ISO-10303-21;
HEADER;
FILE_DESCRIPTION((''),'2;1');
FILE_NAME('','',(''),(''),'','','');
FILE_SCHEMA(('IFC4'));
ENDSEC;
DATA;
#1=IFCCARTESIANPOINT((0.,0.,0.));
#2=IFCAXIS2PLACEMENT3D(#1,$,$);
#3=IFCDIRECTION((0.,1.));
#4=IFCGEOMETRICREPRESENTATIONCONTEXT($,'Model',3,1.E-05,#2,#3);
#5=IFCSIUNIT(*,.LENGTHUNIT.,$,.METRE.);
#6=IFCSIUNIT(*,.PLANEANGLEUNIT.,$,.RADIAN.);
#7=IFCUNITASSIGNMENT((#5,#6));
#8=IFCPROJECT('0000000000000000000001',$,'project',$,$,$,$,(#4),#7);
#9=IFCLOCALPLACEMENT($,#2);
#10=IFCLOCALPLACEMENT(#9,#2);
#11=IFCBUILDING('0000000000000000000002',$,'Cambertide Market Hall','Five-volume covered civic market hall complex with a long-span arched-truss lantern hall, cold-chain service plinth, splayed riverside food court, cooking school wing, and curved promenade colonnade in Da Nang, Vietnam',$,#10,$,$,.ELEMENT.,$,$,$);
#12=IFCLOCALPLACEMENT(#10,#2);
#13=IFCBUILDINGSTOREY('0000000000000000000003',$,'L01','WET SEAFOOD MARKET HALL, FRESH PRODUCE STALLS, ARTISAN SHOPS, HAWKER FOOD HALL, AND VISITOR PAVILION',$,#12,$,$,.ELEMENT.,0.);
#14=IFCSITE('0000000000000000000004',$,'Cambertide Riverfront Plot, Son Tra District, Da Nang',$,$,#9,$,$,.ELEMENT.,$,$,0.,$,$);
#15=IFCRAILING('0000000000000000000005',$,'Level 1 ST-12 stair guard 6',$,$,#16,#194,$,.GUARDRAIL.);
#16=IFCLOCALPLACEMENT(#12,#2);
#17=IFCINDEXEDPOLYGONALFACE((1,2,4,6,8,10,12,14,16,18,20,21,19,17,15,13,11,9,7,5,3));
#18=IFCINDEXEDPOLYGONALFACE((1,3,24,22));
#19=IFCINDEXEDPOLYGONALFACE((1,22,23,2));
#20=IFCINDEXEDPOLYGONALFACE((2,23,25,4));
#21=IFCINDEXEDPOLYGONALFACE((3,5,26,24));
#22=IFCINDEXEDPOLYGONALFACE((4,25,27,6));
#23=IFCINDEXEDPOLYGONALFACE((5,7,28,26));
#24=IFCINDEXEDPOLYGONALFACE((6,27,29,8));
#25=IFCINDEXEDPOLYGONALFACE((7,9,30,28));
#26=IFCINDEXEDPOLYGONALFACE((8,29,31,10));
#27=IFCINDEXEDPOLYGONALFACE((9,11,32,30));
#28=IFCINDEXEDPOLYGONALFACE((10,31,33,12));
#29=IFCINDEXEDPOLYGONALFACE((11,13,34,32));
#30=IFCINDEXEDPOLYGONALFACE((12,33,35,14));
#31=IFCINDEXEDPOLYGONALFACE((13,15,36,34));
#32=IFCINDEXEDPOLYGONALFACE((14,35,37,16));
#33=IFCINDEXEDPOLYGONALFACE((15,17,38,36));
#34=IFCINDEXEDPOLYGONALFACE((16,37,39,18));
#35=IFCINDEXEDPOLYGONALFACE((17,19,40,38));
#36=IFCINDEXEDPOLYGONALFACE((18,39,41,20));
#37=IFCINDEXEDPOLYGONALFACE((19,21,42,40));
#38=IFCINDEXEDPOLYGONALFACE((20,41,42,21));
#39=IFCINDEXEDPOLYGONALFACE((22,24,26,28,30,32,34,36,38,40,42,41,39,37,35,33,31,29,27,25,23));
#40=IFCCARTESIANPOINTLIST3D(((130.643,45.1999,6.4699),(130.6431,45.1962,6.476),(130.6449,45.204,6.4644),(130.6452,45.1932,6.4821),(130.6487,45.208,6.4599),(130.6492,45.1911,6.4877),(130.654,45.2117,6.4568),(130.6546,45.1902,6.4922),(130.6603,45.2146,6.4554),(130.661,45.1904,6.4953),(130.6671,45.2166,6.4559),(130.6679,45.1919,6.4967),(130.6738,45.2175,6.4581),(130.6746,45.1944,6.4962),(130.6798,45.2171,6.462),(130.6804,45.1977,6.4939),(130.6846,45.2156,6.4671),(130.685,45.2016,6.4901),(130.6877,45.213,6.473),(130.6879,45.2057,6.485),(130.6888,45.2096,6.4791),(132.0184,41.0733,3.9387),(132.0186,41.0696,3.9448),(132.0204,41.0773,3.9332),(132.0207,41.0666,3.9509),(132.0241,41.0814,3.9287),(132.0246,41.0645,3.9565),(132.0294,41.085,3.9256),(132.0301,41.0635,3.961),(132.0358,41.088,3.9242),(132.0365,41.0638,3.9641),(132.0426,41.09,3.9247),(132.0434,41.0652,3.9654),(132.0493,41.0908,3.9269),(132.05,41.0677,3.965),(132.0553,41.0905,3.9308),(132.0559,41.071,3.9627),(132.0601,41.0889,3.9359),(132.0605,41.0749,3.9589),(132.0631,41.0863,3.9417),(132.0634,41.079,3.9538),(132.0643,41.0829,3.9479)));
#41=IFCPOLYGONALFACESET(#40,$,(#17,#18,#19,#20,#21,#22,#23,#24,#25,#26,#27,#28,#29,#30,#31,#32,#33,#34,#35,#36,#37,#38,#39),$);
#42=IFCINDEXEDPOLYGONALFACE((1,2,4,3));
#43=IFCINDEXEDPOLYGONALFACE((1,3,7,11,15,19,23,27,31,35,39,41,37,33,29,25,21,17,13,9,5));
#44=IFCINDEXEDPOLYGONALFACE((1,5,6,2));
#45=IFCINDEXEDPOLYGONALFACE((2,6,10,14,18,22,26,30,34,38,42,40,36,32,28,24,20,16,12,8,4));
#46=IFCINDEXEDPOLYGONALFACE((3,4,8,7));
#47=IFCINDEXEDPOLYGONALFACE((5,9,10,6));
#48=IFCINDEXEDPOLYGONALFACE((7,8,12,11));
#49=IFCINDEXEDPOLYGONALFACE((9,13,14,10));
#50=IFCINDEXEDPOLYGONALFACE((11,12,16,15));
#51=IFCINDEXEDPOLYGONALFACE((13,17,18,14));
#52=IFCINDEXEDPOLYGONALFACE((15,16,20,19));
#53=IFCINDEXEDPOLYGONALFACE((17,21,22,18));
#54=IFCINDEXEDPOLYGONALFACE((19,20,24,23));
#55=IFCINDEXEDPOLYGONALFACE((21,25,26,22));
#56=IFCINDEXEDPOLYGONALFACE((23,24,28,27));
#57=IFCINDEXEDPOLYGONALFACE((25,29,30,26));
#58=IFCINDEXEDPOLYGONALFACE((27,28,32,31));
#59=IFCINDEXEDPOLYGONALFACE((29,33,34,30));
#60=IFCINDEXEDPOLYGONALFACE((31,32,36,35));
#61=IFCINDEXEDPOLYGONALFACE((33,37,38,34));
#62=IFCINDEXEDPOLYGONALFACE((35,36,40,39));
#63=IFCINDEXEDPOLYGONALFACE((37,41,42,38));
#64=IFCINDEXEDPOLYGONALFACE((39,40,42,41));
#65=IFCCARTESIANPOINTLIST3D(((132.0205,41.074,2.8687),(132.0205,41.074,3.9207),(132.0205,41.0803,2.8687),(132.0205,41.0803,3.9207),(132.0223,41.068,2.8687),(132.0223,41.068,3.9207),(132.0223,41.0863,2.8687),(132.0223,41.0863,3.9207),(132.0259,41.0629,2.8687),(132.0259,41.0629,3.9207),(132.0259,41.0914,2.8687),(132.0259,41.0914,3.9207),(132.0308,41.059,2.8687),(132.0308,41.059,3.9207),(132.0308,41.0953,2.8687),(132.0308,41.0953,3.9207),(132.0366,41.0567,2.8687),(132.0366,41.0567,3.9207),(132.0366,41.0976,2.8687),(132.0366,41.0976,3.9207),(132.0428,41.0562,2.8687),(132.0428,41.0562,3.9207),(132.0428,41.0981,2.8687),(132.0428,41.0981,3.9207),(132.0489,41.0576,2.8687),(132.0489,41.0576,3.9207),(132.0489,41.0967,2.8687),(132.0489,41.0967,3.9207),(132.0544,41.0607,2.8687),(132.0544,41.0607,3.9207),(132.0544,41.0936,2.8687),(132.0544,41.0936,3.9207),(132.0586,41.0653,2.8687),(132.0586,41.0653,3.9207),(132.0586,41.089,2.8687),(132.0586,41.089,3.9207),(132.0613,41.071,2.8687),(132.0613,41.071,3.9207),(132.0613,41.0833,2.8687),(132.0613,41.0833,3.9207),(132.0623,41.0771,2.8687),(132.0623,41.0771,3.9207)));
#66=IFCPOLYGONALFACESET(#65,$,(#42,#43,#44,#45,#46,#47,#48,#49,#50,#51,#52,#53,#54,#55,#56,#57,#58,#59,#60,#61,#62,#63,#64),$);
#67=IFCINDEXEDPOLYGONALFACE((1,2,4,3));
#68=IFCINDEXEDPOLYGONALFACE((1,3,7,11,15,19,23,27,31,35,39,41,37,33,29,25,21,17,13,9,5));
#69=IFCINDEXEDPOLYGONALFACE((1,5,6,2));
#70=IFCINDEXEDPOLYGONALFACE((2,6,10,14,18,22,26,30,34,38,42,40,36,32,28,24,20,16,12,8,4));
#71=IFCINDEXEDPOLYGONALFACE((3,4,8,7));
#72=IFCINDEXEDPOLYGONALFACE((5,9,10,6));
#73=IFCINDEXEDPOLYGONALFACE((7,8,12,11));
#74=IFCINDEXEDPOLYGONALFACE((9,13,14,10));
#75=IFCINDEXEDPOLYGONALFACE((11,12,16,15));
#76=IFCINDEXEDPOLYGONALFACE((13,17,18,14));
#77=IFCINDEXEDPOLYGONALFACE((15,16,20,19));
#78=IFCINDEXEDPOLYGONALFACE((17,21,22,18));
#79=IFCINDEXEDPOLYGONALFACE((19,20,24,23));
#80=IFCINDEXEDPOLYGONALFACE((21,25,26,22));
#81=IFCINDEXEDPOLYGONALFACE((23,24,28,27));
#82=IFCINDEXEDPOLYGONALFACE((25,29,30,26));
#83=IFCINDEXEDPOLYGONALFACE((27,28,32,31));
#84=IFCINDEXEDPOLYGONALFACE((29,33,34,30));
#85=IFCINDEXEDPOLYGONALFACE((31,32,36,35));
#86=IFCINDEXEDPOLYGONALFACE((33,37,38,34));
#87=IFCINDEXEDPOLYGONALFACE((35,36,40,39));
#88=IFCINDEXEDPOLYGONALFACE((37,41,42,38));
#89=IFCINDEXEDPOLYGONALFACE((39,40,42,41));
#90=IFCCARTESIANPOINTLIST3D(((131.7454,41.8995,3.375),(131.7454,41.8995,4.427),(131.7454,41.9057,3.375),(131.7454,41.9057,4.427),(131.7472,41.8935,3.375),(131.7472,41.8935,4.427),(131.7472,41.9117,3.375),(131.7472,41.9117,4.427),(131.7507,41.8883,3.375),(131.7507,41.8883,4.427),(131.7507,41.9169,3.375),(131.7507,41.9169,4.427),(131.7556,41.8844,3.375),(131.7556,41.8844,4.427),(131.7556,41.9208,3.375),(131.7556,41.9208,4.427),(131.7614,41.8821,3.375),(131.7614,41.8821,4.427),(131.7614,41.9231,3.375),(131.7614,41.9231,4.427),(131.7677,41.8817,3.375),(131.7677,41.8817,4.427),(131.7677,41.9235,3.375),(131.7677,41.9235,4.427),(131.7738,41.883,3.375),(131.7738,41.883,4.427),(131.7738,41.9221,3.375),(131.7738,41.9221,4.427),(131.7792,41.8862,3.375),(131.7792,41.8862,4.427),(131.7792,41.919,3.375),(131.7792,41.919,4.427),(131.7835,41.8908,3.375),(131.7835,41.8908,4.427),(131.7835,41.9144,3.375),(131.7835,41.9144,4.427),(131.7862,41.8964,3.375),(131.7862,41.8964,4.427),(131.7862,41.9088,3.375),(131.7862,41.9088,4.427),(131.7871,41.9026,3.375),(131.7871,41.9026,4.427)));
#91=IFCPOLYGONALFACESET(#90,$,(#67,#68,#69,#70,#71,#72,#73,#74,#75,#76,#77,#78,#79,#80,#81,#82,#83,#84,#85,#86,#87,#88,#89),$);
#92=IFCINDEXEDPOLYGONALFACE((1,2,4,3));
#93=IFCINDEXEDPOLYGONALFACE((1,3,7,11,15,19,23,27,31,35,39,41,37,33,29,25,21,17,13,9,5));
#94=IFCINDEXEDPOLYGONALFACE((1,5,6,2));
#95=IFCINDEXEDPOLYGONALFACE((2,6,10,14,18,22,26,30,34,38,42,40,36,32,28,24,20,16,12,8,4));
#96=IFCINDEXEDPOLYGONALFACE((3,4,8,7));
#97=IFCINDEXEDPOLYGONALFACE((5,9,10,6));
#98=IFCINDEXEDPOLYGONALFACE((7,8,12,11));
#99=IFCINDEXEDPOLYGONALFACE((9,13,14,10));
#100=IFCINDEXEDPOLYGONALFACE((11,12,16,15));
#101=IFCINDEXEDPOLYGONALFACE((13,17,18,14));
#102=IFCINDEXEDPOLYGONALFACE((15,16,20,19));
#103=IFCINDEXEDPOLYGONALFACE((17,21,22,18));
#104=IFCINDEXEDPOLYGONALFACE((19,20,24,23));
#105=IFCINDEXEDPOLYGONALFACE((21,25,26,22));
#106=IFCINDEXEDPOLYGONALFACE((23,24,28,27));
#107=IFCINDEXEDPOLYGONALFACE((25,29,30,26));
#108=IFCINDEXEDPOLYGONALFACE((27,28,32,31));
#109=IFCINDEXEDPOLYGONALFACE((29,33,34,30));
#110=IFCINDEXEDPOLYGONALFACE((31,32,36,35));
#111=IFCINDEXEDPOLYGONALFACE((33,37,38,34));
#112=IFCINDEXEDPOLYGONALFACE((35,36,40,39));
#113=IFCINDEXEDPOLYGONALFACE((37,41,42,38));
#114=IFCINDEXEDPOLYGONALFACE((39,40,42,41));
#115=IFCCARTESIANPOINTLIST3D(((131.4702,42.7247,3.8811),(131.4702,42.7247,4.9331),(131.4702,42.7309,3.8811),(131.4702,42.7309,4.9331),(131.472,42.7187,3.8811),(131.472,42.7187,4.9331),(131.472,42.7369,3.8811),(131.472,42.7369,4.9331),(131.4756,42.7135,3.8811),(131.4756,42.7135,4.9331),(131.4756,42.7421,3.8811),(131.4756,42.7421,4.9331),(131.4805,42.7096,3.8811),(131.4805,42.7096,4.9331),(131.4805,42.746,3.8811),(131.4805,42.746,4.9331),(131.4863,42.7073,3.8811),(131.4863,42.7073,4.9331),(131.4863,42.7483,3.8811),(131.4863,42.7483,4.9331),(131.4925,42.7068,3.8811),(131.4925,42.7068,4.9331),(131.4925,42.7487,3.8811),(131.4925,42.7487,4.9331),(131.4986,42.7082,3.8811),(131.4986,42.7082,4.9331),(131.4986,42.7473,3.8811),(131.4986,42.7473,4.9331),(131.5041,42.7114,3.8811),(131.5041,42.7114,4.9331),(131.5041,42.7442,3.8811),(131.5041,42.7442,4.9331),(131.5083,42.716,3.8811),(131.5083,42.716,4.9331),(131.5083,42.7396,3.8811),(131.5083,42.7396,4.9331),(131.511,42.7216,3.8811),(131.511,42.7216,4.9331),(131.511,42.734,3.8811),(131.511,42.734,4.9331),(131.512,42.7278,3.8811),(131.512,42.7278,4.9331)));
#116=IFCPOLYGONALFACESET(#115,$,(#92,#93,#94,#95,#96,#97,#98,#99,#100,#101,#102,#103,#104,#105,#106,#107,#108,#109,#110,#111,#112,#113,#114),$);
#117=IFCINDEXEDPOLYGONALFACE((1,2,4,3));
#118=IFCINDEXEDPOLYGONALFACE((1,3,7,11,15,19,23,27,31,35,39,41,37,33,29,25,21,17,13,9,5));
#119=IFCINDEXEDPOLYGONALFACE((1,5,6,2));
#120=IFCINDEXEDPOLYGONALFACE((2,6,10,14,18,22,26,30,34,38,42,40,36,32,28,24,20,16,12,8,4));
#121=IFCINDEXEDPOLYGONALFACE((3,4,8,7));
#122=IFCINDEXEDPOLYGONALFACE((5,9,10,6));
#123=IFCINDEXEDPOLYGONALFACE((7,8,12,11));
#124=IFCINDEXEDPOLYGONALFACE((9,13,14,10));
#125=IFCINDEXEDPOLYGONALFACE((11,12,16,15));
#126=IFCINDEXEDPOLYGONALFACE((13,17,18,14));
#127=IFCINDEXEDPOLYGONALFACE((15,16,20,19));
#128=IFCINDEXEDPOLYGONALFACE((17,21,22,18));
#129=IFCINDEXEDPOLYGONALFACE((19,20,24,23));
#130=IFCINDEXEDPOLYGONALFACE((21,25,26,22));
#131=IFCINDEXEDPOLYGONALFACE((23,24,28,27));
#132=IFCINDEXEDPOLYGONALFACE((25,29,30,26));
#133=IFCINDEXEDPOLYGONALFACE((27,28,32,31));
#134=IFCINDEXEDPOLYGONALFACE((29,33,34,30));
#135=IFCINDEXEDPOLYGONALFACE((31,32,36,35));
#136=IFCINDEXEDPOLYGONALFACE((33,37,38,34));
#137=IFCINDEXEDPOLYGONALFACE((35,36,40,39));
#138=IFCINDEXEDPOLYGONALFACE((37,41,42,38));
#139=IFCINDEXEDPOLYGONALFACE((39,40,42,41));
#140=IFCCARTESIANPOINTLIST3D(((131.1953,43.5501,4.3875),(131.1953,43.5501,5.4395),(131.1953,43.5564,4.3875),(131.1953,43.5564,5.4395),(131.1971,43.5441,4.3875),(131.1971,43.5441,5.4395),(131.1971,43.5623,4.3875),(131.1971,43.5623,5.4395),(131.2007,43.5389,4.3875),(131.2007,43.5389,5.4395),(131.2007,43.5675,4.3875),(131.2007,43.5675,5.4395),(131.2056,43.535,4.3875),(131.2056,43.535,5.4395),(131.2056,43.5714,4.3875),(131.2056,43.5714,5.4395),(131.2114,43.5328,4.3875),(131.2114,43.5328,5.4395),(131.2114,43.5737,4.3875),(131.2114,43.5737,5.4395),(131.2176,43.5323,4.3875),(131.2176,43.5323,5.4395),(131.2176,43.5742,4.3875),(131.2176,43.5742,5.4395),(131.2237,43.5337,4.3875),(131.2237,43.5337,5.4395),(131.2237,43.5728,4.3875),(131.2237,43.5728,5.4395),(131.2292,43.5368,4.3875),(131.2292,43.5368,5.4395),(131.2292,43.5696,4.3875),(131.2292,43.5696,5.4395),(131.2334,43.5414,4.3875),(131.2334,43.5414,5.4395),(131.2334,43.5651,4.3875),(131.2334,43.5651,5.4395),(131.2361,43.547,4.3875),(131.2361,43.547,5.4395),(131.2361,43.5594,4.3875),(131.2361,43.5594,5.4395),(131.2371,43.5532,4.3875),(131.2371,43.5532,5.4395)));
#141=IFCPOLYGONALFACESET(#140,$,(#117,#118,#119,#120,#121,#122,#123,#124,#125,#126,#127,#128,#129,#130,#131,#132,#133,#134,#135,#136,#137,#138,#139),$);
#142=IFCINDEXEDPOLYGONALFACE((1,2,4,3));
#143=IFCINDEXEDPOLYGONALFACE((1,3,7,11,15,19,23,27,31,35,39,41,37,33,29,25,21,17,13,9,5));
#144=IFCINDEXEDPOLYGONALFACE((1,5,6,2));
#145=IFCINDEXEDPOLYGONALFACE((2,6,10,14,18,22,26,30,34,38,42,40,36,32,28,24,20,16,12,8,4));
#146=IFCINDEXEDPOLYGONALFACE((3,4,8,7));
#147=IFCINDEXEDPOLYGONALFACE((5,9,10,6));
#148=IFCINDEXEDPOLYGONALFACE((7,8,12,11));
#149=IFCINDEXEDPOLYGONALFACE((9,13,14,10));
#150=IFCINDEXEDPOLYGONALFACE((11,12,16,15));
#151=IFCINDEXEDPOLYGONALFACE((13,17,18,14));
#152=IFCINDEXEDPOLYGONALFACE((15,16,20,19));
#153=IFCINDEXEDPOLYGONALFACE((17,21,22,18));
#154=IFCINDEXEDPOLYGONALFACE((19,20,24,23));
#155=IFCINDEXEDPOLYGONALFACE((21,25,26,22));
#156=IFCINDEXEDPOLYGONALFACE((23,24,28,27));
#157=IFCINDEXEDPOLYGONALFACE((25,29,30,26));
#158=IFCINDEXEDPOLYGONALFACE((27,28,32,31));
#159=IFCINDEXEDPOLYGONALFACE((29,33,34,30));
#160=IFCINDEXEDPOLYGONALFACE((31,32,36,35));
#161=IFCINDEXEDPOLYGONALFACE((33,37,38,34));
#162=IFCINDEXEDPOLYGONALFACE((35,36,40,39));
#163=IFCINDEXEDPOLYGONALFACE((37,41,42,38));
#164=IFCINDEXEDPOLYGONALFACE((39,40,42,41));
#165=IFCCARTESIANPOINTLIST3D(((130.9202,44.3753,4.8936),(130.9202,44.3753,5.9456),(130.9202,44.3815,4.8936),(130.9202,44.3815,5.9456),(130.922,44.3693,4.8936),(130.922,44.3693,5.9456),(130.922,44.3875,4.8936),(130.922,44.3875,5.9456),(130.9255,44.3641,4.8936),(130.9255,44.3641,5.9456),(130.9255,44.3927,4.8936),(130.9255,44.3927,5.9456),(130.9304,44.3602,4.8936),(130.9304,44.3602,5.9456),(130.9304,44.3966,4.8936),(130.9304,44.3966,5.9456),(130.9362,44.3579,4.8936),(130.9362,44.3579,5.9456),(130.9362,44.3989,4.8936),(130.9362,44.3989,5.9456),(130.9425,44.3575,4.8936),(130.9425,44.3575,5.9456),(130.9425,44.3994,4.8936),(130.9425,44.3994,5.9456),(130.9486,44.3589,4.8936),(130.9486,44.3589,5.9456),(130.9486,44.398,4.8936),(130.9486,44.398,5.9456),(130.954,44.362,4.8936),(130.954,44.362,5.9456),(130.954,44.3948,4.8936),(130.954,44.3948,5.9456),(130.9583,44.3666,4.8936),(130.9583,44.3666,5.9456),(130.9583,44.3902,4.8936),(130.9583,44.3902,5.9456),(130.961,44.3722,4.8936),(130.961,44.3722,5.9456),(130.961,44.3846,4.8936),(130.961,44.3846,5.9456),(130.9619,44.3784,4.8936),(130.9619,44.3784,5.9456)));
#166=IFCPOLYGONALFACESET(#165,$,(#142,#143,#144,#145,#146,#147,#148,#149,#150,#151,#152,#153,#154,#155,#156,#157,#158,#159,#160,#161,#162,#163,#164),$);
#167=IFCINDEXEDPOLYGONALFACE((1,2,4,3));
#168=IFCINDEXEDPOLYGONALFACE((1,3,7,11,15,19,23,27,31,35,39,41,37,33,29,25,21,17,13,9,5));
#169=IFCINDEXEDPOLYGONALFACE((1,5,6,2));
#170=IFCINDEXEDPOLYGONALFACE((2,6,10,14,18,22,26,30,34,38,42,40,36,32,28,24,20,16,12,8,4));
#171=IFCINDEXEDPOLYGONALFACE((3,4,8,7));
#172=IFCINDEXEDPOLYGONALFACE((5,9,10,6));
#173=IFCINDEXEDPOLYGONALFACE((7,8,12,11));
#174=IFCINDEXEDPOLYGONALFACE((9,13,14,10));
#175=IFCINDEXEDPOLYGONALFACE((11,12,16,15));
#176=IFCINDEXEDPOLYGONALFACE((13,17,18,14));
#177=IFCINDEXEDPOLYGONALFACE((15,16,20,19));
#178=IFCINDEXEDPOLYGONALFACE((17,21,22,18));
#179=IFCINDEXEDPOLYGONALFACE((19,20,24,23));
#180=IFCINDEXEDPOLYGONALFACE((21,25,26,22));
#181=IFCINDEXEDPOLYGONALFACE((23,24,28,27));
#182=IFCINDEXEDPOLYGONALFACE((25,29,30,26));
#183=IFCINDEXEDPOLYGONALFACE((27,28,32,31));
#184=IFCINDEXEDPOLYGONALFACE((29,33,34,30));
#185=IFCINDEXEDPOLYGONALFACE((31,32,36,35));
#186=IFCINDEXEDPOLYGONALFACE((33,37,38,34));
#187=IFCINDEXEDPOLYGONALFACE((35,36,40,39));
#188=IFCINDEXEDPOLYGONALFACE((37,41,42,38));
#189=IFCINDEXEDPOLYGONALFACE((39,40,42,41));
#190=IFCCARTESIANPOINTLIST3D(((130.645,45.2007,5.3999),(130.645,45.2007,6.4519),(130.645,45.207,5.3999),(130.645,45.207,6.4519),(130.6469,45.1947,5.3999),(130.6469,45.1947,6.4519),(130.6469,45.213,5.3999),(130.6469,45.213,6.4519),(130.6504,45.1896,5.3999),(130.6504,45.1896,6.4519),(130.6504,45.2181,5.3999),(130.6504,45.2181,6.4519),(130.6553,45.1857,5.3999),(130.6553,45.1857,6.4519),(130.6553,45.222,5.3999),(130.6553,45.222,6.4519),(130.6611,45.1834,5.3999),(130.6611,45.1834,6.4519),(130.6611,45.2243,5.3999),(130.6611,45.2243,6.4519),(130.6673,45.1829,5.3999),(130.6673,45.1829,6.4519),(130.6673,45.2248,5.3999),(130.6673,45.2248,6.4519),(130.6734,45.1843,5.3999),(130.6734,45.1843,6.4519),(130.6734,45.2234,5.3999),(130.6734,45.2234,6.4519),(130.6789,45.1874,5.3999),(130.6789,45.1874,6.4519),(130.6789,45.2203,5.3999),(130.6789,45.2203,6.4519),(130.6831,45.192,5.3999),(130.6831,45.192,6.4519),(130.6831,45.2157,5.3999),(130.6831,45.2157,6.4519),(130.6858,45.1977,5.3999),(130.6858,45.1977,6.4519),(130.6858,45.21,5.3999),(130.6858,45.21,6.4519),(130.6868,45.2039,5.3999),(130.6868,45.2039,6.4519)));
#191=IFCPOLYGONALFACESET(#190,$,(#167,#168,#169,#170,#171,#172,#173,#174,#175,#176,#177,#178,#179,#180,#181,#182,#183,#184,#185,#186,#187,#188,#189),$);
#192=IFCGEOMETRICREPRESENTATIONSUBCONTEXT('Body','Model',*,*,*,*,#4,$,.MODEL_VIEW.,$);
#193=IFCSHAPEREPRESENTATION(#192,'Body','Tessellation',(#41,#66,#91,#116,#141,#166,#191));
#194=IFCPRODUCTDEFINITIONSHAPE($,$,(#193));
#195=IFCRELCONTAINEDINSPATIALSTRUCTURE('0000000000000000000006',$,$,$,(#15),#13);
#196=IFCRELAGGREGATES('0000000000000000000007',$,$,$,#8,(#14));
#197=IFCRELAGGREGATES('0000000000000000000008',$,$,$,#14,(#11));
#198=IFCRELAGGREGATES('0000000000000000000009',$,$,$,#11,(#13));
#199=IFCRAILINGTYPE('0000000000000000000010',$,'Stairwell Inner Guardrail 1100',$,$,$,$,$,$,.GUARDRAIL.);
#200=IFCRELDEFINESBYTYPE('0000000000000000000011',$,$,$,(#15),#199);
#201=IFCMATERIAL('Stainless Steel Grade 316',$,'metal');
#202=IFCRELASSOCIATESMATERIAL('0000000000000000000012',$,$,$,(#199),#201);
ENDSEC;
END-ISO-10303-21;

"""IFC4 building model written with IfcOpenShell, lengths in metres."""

from ifc_helpers import new_model, si_unit, direction, frame, origin, origin_2d, place, context, subcontext, project, spatial, circle, extrude, material, type_object, element, save


model = new_model("IFC4")

# Units and contexts
model_context = context("Model", 3, precision=1e-05, world=origin(), true_north=direction((0.0, 1.0)))
body_context = subcontext(model_context, "Body", "Model", "MODEL_VIEW")
ifc_project = project(units=[si_unit("LENGTHUNIT", "METRE"), si_unit("PLANEANGLEUNIT", "RADIAN")], contexts=[model_context])

# Site, building, storey
site_placement = place(None, origin())
site = spatial("IfcSite", under=ifc_project, at=site_placement, Name="Cambertide Riverfront Plot, Son Tra District, Da Nang", CompositionType="ELEMENT", RefElevation=0.0)
building_placement = place(site_placement, origin())
building = spatial("IfcBuilding", under=site, at=building_placement, Name="Cambertide Market Hall", Description="Five-volume covered civic market hall complex with a long-span arched-truss lantern hall, cold-chain service plinth, splayed riverside food court, cooking school wing, and curved promenade colonnade in Da Nang, Vietnam", CompositionType="ELEMENT")
storey_placement = place(building_placement, origin())
storey = spatial("IfcBuildingStorey", under=building, at=storey_placement, Name="L01", Description="WET SEAFOOD MARKET HALL, FRESH PRODUCE STALLS, ARTISAN SHOPS, HAWKER FOOD HALL, AND VISITOR PAVILION", CompositionType="ELEMENT", Elevation=0.0)

# Railing
ifc_material_1 = material(Name="Stainless Steel Grade 316", Category="metal")
railing_type_1 = type_object("IfcRailingType", Name="Stairwell Inner Guardrail 1100", PredefinedType="GUARDRAIL", material=ifc_material_1)
railing_1_placement = place(storey_placement, frame((132.0413, 41.0771, 2.8687)))
element("IfcRailing", 1, at=railing_1_placement, inside=storey, type_object=railing_type_1, Name="Level 1 ST-12 stair guard 6", PredefinedType="GUARDRAIL", context=body_context, shape_type="SweptSolid", body=[
    extrude(circle(Radius=0.0239, at=origin_2d()), frame((0.0, 0.0, 1.0762), z_axis=(-0.273306, 0.819965, 0.502952), x_axis=(-0.948689, -0.316211, 0.0)), (0.0, 0.0, 1.0), 5.0327),
    extrude(circle(Radius=0.021, at=origin_2d()), origin(), (0.0, 0.0, 1.0), 1.052),
    extrude(circle(Radius=0.021, at=origin_2d()), frame((-0.2751, 0.8254, 0.5063)), (0.0, 0.0, 1.0), 1.052),
    extrude(circle(Radius=0.021, at=origin_2d()), frame((-0.5503, 1.6506, 1.0125)), (0.0, 0.0, 1.0), 1.052),
    extrude(circle(Radius=0.021, at=origin_2d()), frame((-0.8252, 2.4761, 1.5188)), (0.0, 0.0, 1.0), 1.052),
    extrude(circle(Radius=0.021, at=origin_2d()), frame((-1.1003, 3.3013, 2.0249)), (0.0, 0.0, 1.0), 1.052),
    extrude(circle(Radius=0.021, at=origin_2d()), frame((-1.3755, 4.1267, 2.5312)), (0.0, 0.0, 1.0), 1.052),
])

save(model, "model.ifc")
